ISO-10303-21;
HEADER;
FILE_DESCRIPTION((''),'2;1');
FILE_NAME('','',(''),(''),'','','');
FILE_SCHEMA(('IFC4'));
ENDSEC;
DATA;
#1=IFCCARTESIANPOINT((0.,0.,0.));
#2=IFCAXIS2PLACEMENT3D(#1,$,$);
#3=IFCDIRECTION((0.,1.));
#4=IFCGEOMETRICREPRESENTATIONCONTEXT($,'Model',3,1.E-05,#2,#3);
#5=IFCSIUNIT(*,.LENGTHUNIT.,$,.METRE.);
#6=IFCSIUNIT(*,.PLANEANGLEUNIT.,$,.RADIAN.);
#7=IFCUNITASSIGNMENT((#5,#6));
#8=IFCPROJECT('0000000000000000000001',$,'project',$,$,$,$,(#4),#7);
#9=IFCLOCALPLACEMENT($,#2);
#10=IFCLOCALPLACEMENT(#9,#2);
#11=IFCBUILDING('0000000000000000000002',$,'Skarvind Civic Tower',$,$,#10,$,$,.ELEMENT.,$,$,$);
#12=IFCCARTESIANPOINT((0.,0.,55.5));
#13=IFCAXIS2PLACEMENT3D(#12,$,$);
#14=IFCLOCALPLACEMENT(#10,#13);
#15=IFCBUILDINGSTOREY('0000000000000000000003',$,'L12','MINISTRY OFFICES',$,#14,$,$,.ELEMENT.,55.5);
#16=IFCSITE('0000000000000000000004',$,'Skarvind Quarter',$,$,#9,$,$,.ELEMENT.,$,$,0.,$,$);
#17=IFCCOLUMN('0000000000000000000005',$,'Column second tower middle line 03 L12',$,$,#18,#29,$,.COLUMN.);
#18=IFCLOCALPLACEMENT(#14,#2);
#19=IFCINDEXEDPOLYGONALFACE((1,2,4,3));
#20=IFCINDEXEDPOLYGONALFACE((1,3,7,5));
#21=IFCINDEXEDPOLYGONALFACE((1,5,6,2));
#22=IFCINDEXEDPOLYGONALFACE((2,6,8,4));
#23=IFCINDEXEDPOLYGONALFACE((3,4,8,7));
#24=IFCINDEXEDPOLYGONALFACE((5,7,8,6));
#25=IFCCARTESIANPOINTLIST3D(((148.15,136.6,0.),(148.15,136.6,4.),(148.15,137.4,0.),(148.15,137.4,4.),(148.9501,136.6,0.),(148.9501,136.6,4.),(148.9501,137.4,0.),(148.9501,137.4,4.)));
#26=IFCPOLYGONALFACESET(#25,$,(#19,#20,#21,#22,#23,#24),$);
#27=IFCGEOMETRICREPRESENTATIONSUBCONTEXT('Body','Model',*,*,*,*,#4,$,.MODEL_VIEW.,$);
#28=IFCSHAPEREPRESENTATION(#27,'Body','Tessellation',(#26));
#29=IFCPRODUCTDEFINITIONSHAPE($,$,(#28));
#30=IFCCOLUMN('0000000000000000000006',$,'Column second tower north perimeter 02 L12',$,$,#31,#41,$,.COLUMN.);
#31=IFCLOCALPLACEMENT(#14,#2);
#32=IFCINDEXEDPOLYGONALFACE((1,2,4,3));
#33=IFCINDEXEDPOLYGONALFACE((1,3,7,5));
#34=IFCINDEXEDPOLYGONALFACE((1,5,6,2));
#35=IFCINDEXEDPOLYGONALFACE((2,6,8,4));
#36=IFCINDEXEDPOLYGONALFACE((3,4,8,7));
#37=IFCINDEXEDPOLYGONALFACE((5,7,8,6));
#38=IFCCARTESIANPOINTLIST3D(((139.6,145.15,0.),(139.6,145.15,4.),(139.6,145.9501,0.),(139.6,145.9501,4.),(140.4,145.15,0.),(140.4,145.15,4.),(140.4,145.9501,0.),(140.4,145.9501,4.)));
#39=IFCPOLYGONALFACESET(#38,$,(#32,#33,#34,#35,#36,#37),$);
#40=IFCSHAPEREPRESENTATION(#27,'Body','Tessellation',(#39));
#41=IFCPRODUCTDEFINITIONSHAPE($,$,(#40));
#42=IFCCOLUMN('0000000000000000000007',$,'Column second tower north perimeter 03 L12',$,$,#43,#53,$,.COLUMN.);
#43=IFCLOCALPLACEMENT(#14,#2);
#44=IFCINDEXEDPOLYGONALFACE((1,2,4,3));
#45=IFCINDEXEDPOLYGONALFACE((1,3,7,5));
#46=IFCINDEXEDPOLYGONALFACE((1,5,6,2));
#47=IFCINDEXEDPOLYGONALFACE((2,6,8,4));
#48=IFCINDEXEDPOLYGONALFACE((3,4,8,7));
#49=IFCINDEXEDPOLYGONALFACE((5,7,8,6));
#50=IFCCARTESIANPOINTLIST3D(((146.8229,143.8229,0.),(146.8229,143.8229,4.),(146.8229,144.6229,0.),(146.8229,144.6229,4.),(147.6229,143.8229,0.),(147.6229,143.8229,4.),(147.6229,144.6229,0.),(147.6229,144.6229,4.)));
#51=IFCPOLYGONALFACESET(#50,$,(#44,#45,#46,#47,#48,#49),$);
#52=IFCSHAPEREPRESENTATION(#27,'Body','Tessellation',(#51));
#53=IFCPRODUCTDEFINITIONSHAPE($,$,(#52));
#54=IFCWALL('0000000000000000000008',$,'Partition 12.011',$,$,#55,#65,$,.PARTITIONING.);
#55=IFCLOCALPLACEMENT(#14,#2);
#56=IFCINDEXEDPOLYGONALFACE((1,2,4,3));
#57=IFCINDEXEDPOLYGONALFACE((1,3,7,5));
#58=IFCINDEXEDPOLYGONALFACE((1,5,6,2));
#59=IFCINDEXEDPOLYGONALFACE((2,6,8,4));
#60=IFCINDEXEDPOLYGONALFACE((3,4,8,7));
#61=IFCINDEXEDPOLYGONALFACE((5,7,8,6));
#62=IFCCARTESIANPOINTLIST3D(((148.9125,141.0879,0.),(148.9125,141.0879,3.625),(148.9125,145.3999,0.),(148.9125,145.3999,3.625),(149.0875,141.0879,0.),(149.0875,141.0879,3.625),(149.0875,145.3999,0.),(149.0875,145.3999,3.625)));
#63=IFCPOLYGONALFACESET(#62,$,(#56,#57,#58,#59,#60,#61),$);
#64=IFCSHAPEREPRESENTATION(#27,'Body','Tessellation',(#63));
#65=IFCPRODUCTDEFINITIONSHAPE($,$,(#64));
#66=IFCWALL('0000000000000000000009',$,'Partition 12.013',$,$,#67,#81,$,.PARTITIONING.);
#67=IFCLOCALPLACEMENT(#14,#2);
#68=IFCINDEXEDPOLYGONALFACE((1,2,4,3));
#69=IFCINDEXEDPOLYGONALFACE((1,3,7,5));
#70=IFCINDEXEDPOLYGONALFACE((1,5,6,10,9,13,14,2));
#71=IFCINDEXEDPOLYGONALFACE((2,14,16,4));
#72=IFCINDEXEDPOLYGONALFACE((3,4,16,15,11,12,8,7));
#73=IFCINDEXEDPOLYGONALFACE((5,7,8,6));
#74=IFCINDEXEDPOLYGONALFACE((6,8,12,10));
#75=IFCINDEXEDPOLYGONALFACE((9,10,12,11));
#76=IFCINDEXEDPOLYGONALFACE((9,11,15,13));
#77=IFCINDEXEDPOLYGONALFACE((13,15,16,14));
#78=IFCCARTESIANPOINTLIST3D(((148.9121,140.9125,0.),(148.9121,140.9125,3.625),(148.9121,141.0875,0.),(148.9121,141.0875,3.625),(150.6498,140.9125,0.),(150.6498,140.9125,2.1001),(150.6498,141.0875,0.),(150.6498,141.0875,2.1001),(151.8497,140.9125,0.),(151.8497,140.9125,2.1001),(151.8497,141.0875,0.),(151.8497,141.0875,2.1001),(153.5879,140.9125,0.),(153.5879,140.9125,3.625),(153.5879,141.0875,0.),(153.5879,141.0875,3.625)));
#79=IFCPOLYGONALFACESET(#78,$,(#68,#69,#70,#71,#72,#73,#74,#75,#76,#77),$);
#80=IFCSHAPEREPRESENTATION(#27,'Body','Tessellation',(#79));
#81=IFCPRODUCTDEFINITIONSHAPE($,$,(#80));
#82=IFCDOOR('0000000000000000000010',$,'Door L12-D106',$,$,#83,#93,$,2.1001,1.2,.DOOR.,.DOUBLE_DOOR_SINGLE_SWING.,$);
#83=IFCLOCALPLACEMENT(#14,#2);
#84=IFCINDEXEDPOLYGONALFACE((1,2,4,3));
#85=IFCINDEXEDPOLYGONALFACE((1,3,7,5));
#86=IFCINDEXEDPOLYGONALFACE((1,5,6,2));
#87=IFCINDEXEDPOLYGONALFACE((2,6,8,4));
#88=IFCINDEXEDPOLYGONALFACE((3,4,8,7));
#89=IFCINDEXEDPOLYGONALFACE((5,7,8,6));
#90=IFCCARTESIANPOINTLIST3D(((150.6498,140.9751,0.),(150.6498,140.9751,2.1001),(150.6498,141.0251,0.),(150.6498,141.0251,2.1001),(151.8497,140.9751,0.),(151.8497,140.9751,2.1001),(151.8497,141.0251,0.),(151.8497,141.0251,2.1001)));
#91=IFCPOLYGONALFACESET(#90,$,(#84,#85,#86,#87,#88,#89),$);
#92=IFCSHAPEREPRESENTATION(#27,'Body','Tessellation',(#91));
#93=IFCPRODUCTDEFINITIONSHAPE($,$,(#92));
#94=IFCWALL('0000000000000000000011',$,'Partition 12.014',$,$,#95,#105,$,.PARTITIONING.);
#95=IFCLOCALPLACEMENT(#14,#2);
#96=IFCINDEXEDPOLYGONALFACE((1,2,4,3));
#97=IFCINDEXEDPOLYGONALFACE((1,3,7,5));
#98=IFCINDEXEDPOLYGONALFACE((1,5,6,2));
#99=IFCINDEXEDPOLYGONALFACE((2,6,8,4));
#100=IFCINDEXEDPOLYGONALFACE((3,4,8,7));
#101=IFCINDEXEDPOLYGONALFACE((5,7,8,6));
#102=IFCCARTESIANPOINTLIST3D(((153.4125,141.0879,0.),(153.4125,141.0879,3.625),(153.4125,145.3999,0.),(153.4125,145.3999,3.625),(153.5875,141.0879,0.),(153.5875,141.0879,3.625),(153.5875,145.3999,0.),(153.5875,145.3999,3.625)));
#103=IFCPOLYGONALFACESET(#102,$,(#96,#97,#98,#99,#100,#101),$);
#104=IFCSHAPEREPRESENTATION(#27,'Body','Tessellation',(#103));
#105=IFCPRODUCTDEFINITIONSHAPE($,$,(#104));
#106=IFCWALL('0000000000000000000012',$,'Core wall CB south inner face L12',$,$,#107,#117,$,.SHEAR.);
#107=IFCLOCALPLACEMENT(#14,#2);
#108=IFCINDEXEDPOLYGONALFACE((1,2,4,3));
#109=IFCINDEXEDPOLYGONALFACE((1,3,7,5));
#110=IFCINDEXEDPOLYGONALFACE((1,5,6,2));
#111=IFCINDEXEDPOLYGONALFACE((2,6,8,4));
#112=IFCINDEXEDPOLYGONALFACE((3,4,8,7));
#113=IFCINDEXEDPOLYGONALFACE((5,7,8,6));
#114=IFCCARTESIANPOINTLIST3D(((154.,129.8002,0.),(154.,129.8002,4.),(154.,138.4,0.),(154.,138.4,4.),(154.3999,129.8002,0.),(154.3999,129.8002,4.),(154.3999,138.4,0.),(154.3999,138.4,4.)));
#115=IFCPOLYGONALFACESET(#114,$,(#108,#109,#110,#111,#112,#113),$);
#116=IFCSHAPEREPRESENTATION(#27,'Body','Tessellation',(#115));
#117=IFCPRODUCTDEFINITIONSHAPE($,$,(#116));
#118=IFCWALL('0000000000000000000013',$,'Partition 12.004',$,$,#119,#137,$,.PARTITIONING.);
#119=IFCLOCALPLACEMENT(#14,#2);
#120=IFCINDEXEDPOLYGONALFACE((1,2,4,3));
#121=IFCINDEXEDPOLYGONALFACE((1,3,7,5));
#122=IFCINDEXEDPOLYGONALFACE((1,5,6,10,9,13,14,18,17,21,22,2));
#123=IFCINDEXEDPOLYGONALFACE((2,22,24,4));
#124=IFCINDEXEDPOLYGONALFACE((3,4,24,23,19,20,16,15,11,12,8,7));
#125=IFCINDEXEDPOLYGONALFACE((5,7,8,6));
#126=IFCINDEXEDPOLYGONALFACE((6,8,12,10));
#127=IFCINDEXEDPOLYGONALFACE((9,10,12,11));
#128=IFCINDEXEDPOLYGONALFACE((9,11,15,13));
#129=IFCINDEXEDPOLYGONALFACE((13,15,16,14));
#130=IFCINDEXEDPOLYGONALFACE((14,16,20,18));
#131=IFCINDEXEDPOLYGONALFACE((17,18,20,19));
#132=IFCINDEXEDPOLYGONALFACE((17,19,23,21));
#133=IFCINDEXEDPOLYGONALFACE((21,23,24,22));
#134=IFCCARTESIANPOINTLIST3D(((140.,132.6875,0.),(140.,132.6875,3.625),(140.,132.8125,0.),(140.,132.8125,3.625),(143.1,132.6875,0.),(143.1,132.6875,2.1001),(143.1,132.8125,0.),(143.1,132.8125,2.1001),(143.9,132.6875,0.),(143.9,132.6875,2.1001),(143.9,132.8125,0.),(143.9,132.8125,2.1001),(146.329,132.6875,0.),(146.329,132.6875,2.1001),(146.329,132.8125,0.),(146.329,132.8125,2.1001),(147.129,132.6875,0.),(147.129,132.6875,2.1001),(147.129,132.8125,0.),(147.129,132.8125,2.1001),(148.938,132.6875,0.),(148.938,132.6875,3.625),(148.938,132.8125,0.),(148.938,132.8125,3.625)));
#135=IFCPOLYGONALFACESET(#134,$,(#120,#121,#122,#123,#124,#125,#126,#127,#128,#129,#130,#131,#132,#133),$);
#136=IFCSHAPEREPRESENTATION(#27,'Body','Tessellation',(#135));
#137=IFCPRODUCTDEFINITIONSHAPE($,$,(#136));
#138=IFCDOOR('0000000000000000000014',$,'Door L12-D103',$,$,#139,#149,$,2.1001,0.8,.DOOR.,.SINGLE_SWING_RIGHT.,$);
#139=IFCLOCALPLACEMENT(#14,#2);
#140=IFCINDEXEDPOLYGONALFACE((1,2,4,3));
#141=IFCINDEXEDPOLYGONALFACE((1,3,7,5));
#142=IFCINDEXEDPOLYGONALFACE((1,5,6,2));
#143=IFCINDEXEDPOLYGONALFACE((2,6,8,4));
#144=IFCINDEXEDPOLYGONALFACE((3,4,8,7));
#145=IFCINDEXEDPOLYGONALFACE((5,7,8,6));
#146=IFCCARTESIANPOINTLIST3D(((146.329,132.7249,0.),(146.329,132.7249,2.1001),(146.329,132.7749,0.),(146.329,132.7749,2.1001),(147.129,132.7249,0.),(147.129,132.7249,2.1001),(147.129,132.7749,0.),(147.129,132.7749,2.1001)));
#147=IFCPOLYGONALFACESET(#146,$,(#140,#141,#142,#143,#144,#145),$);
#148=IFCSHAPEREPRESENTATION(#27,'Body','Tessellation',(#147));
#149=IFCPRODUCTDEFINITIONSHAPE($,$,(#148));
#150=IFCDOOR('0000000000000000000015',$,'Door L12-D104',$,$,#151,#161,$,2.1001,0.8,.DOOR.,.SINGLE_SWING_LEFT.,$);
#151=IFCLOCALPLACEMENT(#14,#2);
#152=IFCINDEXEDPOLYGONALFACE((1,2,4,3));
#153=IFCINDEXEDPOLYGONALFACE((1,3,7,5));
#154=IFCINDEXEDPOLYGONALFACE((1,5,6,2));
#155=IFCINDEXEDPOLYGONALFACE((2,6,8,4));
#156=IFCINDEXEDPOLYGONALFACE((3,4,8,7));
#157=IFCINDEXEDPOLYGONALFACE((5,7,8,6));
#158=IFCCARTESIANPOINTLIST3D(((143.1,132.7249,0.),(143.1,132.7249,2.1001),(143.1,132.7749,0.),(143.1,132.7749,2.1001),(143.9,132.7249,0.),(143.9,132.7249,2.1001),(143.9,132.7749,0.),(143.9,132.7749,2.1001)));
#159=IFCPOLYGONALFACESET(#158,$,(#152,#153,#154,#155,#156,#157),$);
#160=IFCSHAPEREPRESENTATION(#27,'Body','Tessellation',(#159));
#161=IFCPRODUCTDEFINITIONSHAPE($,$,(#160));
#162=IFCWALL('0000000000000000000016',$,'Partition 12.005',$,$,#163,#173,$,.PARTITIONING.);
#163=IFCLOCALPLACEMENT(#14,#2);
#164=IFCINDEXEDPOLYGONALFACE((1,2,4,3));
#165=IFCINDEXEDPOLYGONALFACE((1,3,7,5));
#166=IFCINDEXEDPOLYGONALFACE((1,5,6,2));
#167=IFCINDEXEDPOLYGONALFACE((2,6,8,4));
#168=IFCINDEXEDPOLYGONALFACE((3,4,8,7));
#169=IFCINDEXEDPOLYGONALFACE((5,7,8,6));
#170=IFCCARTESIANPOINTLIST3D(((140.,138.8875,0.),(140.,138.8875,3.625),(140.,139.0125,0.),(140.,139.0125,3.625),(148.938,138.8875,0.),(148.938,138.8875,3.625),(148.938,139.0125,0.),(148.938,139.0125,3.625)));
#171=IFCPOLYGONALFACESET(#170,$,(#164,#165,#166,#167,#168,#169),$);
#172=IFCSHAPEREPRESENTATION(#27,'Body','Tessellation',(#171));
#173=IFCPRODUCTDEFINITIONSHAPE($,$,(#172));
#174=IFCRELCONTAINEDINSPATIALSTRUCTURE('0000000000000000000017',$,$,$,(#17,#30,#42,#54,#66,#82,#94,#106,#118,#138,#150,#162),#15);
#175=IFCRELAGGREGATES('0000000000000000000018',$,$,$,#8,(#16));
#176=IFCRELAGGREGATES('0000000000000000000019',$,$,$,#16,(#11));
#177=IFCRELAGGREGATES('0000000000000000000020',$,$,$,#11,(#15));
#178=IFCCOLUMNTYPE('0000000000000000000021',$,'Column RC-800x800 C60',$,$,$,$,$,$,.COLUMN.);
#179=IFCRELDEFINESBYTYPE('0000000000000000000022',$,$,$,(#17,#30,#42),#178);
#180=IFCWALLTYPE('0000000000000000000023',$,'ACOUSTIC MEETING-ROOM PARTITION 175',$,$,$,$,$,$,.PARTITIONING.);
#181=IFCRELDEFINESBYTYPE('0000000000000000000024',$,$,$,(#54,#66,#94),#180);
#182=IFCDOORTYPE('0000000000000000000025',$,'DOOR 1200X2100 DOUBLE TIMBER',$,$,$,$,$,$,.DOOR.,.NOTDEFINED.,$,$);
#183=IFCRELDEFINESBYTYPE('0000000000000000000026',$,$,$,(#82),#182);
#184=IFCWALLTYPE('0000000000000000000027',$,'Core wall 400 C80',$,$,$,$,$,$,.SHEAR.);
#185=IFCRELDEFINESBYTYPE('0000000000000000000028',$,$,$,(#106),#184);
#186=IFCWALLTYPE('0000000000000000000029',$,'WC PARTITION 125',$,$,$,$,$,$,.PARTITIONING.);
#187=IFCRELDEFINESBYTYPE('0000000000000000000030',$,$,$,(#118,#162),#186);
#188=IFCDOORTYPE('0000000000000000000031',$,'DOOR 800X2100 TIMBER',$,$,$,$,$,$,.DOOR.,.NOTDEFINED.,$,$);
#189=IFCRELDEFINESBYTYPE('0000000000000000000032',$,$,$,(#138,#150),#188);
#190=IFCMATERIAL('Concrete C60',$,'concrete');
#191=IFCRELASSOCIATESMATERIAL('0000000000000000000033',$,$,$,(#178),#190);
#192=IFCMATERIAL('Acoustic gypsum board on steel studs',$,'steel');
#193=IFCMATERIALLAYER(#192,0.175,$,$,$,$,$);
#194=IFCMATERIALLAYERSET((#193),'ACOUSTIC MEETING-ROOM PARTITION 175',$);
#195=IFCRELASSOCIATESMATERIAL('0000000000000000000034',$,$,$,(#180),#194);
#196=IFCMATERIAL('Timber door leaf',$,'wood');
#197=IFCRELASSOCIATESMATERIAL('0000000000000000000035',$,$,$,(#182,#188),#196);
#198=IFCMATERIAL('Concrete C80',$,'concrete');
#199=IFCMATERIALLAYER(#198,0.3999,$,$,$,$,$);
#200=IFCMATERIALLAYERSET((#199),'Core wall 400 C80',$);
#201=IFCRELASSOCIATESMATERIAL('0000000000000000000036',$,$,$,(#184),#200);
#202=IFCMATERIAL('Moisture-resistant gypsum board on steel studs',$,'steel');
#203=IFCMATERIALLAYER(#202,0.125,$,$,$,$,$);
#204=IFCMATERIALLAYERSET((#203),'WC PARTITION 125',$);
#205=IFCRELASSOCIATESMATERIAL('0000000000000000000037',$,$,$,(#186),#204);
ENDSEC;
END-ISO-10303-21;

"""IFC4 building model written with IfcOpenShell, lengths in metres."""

from ifc_helpers import new_model, si_unit, direction, frame, frame_2d, origin, origin_2d, place, context, subcontext, project, spatial, rectangle, extrude, material, layer, layer_set, material_profile, profile_set, type_object, element, fill, save


model = new_model("IFC4")

# Units and contexts
model_context = context("Model", 3, precision=1e-05, world=origin(), true_north=direction((0.0, 1.0)))
body_context = subcontext(model_context, "Body", "Model", "MODEL_VIEW")
ifc_project = project(units=[si_unit("LENGTHUNIT", "METRE"), si_unit("PLANEANGLEUNIT", "RADIAN")], contexts=[model_context])

# Site, building, storey
site_placement = place(None, origin())
site = spatial("IfcSite", under=ifc_project, at=site_placement, Name="Skarvind Quarter", CompositionType="ELEMENT", RefElevation=0.0)
building_placement = place(site_placement, origin())
building = spatial("IfcBuilding", under=site, at=building_placement, Name="Skarvind Civic Tower", CompositionType="ELEMENT")
storey_placement = place(building_placement, frame((0.0, 0.0, 55.5)))
storey = spatial("IfcBuildingStorey", under=building, at=storey_placement, Name="L12", Description="MINISTRY OFFICES", CompositionType="ELEMENT", Elevation=55.5)

# Columns
ifc_material_1 = material(Name="Concrete C60", Category="concrete")
ifc_material_profile = material_profile(ifc_material_1, rectangle(XDim=0.8, YDim=0.8, at=origin_2d()), Name="RC-800x800")
ifc_profile_set = profile_set([ifc_material_profile], Name="Concrete C60")
column_type = type_object("IfcColumnType", Name="Column RC-800x800 C60", PredefinedType="COLUMN", material=ifc_profile_set)
for number, where, z_axis, x_axis, name in (
    (1, (148.55, 137.0, 0.0), (0.0, 0.0, 1.0), (1.0, 0.0, 0.0), "Column second tower middle line 03 L12"),
    (2, (140.0, 145.55, 0.0), (0.0, 0.0, 1.0), (1.0, 0.0, 0.0), "Column second tower north perimeter 02 L12"),
    (3, (147.2229, 144.2229, 0.0), (0.0, 0.0, 1.0), (1.0, 0.0, 0.0), "Column second tower north perimeter 03 L12"),
):
    element("IfcColumn", number, at=place(storey_placement, frame(where, z_axis=z_axis, x_axis=x_axis)), inside=storey, type_object=column_type, Name=name, PredefinedType="COLUMN", context=body_context, shape_type="SweptSolid", body=[
        extrude(rectangle(XDim=0.8, YDim=0.8, at=origin_2d()), origin(), (0.0, 0.0, 1.0), 4.0),
    ])

# Wall
ifc_material_2 = material(Name="Acoustic gypsum board on steel studs", Category="steel")
ifc_layer_1 = layer(ifc_material_2, 0.175)
ifc_layer_set_1 = layer_set([ifc_layer_1], Name="ACOUSTIC MEETING-ROOM PARTITION 175")
wall_type_1 = type_object("IfcWallType", Name="ACOUSTIC MEETING-ROOM PARTITION 175", PredefinedType="PARTITIONING", material=ifc_layer_set_1)
wall_1_placement = place(storey_placement, frame((149.0, 141.0879, 0.0), z_axis=(0.0, 0.0, 1.0), x_axis=(0.0, 1.0, 0.0)))
element("IfcWall", 4, at=wall_1_placement, inside=storey, type_object=wall_type_1, Name="Partition 12.011", PredefinedType="PARTITIONING", context=body_context, shape_type="SweptSolid", body=[
    extrude(rectangle(XDim=4.312, YDim=0.175, at=frame_2d((2.156, 0.0))), origin(), (0.0, 0.0, 1.0), 3.625),
])

# Wall, opening, door
wall_2_placement = place(storey_placement, frame((153.5879, 141.0, 0.0), z_axis=(0.0, 0.0, 1.0), x_axis=(-1.0, 0.0, 0.0)))
wall_2 = element("IfcWall", 5, at=wall_2_placement, inside=storey, type_object=wall_type_1, Name="Partition 12.013", PredefinedType="PARTITIONING", context=body_context, shape_type="SweptSolid", body=[
    extrude(rectangle(XDim=4.6758, YDim=0.175, at=frame_2d((2.3379, 0.0))), origin(), (0.0, 0.0, 1.0), 3.625),
])
opening_1_placement = place(wall_2_placement, frame((1.738, 0.0, 0.0)))
opening_1 = element("IfcOpeningElement", 6, at=opening_1_placement, cuts=wall_2, PredefinedType="OPENING", context=body_context, shape_type="SweptSolid", body=[
    extrude(rectangle(XDim=1.2, YDim=2.1001, at=frame_2d((0.6001, 1.05))), frame((0.0, 0.0974, 0.0), z_axis=(0.0, -1.0, 0.0), x_axis=(1.0, 0.0, 0.0)), (0.0, 0.0, 1.0), 0.1951),
])
ifc_material_3 = material(Name="Timber door leaf", Category="wood")
door_type_1 = type_object("IfcDoorType", Name="DOOR 1200X2100 DOUBLE TIMBER", OperationType="NOTDEFINED", PredefinedType="DOOR", material=ifc_material_3)
door_1_placement = place(opening_1_placement, origin())
door_1 = element("IfcDoor", 7, at=door_1_placement, inside=storey, type_object=door_type_1, Name="Door L12-D106", OperationType="DOUBLE_DOOR_SINGLE_SWING", OverallHeight=2.1001, OverallWidth=1.2, PredefinedType="DOOR", context=body_context, shape_type="SweptSolid", body=[
    extrude(rectangle(XDim=1.2, YDim=2.1001, at=frame_2d((0.6001, 1.05))), frame((0.0, 0.0249, 0.0), z_axis=(0.0, -1.0, 0.0), x_axis=(1.0, 0.0, 0.0)), (0.0, 0.0, 1.0), 0.05),
])
fill(opening_1, door_1)

# Walls
wall_3_placement = place(storey_placement, frame((153.5, 145.3999, 0.0), z_axis=(0.0, 0.0, 1.0), x_axis=(0.0, -1.0, 0.0)))
element("IfcWall", 8, at=wall_3_placement, inside=storey, type_object=wall_type_1, Name="Partition 12.014", PredefinedType="PARTITIONING", context=body_context, shape_type="SweptSolid", body=[
    extrude(rectangle(XDim=4.312, YDim=0.175, at=frame_2d((2.156, 0.0))), origin(), (0.0, 0.0, 1.0), 3.625),
])
ifc_material_4 = material(Name="Concrete C80", Category="concrete")
ifc_layer_2 = layer(ifc_material_4, 0.3999)
ifc_layer_set_2 = layer_set([ifc_layer_2], Name="Core wall 400 C80")
wall_type_2 = type_object("IfcWallType", Name="Core wall 400 C80", PredefinedType="SHEAR", material=ifc_layer_set_2)
wall_4_placement = place(storey_placement, frame((154.2, 138.3999, 0.0), z_axis=(0.0, 0.0, 1.0), x_axis=(0.0, -1.0, 0.0)))
element("IfcWall", 9, at=wall_4_placement, inside=storey, type_object=wall_type_2, Name="Core wall CB south inner face L12", PredefinedType="SHEAR", context=body_context, shape_type="SweptSolid", body=[
    extrude(rectangle(XDim=8.5999, YDim=0.3999, at=frame_2d((4.2998, 0.0))), origin(), (0.0, 0.0, 1.0), 4.0),
])

# Wall, openings, doors
ifc_material_5 = material(Name="Moisture-resistant gypsum board on steel studs", Category="steel")
ifc_layer_3 = layer(ifc_material_5, 0.125)
ifc_layer_set_3 = layer_set([ifc_layer_3], Name="WC PARTITION 125")
wall_type_3 = type_object("IfcWallType", Name="WC PARTITION 125", PredefinedType="PARTITIONING", material=ifc_layer_set_3)
wall_5_placement = place(storey_placement, frame((140.0, 132.75, 0.0), z_axis=(0.0, 0.0, 1.0), x_axis=(1.0, 0.0, 0.0)))
wall_5 = element("IfcWall", 10, at=wall_5_placement, inside=storey, type_object=wall_type_3, Name="Partition 12.004", PredefinedType="PARTITIONING", context=body_context, shape_type="SweptSolid", body=[
    extrude(rectangle(XDim=8.938, YDim=0.125, at=frame_2d((4.469, 0.0))), origin(), (0.0, 0.0, 1.0), 3.625),
])
opening_2_placement = place(wall_5_placement, frame((6.3291, 0.0, 0.0)))
opening_2 = element("IfcOpeningElement", 11, at=opening_2_placement, cuts=wall_5, PredefinedType="OPENING", context=body_context, shape_type="SweptSolid", body=[
    extrude(rectangle(XDim=0.8, YDim=2.1001, at=frame_2d((0.3999, 1.05))), frame((0.0, 0.0725, 0.0), z_axis=(0.0, -1.0, 0.0), x_axis=(1.0, 0.0, 0.0)), (0.0, 0.0, 1.0), 0.145),
])
opening_3_placement = place(wall_5_placement, frame((3.1001, 0.0, 0.0)))
opening_3 = element("IfcOpeningElement", 12, at=opening_3_placement, cuts=wall_5, PredefinedType="OPENING", context=body_context, shape_type="SweptSolid", body=[
    extrude(rectangle(XDim=0.8, YDim=2.1001, at=frame_2d((0.3999, 1.05))), frame((0.0, 0.0725, 0.0), z_axis=(0.0, -1.0, 0.0), x_axis=(1.0, 0.0, 0.0)), (0.0, 0.0, 1.0), 0.145),
])
door_type_2 = type_object("IfcDoorType", Name="DOOR 800X2100 TIMBER", OperationType="NOTDEFINED", PredefinedType="DOOR", material=ifc_material_3)
door_2_placement = place(opening_2_placement, origin())
door_2 = element("IfcDoor", 13, at=door_2_placement, inside=storey, type_object=door_type_2, Name="Door L12-D103", OperationType="SINGLE_SWING_RIGHT", OverallHeight=2.1001, OverallWidth=0.8, PredefinedType="DOOR", context=body_context, shape_type="SweptSolid", body=[
    extrude(rectangle(XDim=0.8, YDim=2.1001, at=frame_2d((0.3999, 1.05))), frame((0.0, 0.0249, 0.0), z_axis=(0.0, -1.0, 0.0), x_axis=(1.0, 0.0, 0.0)), (0.0, 0.0, 1.0), 0.05),
])
fill(opening_2, door_2)
door_3_placement = place(opening_3_placement, origin())
door_3 = element("IfcDoor", 14, at=door_3_placement, inside=storey, type_object=door_type_2, Name="Door L12-D104", OperationType="SINGLE_SWING_LEFT", OverallHeight=2.1001, OverallWidth=0.8, PredefinedType="DOOR", context=body_context, shape_type="SweptSolid", body=[
    extrude(rectangle(XDim=0.8, YDim=2.1001, at=frame_2d((0.3999, 1.05))), frame((0.0, 0.0249, 0.0), z_axis=(0.0, -1.0, 0.0), x_axis=(1.0, 0.0, 0.0)), (0.0, 0.0, 1.0), 0.05),
])
fill(opening_3, door_3)

# Wall
wall_6_placement = place(storey_placement, frame((140.0, 138.95, 0.0), z_axis=(0.0, 0.0, 1.0), x_axis=(1.0, 0.0, 0.0)))
element("IfcWall", 15, at=wall_6_placement, inside=storey, type_object=wall_type_3, Name="Partition 12.005", PredefinedType="PARTITIONING", context=body_context, shape_type="SweptSolid", body=[
    extrude(rectangle(XDim=8.938, YDim=0.125, at=frame_2d((4.469, 0.0))), origin(), (0.0, 0.0, 1.0), 3.625),
])

save(model, "model.ifc")
